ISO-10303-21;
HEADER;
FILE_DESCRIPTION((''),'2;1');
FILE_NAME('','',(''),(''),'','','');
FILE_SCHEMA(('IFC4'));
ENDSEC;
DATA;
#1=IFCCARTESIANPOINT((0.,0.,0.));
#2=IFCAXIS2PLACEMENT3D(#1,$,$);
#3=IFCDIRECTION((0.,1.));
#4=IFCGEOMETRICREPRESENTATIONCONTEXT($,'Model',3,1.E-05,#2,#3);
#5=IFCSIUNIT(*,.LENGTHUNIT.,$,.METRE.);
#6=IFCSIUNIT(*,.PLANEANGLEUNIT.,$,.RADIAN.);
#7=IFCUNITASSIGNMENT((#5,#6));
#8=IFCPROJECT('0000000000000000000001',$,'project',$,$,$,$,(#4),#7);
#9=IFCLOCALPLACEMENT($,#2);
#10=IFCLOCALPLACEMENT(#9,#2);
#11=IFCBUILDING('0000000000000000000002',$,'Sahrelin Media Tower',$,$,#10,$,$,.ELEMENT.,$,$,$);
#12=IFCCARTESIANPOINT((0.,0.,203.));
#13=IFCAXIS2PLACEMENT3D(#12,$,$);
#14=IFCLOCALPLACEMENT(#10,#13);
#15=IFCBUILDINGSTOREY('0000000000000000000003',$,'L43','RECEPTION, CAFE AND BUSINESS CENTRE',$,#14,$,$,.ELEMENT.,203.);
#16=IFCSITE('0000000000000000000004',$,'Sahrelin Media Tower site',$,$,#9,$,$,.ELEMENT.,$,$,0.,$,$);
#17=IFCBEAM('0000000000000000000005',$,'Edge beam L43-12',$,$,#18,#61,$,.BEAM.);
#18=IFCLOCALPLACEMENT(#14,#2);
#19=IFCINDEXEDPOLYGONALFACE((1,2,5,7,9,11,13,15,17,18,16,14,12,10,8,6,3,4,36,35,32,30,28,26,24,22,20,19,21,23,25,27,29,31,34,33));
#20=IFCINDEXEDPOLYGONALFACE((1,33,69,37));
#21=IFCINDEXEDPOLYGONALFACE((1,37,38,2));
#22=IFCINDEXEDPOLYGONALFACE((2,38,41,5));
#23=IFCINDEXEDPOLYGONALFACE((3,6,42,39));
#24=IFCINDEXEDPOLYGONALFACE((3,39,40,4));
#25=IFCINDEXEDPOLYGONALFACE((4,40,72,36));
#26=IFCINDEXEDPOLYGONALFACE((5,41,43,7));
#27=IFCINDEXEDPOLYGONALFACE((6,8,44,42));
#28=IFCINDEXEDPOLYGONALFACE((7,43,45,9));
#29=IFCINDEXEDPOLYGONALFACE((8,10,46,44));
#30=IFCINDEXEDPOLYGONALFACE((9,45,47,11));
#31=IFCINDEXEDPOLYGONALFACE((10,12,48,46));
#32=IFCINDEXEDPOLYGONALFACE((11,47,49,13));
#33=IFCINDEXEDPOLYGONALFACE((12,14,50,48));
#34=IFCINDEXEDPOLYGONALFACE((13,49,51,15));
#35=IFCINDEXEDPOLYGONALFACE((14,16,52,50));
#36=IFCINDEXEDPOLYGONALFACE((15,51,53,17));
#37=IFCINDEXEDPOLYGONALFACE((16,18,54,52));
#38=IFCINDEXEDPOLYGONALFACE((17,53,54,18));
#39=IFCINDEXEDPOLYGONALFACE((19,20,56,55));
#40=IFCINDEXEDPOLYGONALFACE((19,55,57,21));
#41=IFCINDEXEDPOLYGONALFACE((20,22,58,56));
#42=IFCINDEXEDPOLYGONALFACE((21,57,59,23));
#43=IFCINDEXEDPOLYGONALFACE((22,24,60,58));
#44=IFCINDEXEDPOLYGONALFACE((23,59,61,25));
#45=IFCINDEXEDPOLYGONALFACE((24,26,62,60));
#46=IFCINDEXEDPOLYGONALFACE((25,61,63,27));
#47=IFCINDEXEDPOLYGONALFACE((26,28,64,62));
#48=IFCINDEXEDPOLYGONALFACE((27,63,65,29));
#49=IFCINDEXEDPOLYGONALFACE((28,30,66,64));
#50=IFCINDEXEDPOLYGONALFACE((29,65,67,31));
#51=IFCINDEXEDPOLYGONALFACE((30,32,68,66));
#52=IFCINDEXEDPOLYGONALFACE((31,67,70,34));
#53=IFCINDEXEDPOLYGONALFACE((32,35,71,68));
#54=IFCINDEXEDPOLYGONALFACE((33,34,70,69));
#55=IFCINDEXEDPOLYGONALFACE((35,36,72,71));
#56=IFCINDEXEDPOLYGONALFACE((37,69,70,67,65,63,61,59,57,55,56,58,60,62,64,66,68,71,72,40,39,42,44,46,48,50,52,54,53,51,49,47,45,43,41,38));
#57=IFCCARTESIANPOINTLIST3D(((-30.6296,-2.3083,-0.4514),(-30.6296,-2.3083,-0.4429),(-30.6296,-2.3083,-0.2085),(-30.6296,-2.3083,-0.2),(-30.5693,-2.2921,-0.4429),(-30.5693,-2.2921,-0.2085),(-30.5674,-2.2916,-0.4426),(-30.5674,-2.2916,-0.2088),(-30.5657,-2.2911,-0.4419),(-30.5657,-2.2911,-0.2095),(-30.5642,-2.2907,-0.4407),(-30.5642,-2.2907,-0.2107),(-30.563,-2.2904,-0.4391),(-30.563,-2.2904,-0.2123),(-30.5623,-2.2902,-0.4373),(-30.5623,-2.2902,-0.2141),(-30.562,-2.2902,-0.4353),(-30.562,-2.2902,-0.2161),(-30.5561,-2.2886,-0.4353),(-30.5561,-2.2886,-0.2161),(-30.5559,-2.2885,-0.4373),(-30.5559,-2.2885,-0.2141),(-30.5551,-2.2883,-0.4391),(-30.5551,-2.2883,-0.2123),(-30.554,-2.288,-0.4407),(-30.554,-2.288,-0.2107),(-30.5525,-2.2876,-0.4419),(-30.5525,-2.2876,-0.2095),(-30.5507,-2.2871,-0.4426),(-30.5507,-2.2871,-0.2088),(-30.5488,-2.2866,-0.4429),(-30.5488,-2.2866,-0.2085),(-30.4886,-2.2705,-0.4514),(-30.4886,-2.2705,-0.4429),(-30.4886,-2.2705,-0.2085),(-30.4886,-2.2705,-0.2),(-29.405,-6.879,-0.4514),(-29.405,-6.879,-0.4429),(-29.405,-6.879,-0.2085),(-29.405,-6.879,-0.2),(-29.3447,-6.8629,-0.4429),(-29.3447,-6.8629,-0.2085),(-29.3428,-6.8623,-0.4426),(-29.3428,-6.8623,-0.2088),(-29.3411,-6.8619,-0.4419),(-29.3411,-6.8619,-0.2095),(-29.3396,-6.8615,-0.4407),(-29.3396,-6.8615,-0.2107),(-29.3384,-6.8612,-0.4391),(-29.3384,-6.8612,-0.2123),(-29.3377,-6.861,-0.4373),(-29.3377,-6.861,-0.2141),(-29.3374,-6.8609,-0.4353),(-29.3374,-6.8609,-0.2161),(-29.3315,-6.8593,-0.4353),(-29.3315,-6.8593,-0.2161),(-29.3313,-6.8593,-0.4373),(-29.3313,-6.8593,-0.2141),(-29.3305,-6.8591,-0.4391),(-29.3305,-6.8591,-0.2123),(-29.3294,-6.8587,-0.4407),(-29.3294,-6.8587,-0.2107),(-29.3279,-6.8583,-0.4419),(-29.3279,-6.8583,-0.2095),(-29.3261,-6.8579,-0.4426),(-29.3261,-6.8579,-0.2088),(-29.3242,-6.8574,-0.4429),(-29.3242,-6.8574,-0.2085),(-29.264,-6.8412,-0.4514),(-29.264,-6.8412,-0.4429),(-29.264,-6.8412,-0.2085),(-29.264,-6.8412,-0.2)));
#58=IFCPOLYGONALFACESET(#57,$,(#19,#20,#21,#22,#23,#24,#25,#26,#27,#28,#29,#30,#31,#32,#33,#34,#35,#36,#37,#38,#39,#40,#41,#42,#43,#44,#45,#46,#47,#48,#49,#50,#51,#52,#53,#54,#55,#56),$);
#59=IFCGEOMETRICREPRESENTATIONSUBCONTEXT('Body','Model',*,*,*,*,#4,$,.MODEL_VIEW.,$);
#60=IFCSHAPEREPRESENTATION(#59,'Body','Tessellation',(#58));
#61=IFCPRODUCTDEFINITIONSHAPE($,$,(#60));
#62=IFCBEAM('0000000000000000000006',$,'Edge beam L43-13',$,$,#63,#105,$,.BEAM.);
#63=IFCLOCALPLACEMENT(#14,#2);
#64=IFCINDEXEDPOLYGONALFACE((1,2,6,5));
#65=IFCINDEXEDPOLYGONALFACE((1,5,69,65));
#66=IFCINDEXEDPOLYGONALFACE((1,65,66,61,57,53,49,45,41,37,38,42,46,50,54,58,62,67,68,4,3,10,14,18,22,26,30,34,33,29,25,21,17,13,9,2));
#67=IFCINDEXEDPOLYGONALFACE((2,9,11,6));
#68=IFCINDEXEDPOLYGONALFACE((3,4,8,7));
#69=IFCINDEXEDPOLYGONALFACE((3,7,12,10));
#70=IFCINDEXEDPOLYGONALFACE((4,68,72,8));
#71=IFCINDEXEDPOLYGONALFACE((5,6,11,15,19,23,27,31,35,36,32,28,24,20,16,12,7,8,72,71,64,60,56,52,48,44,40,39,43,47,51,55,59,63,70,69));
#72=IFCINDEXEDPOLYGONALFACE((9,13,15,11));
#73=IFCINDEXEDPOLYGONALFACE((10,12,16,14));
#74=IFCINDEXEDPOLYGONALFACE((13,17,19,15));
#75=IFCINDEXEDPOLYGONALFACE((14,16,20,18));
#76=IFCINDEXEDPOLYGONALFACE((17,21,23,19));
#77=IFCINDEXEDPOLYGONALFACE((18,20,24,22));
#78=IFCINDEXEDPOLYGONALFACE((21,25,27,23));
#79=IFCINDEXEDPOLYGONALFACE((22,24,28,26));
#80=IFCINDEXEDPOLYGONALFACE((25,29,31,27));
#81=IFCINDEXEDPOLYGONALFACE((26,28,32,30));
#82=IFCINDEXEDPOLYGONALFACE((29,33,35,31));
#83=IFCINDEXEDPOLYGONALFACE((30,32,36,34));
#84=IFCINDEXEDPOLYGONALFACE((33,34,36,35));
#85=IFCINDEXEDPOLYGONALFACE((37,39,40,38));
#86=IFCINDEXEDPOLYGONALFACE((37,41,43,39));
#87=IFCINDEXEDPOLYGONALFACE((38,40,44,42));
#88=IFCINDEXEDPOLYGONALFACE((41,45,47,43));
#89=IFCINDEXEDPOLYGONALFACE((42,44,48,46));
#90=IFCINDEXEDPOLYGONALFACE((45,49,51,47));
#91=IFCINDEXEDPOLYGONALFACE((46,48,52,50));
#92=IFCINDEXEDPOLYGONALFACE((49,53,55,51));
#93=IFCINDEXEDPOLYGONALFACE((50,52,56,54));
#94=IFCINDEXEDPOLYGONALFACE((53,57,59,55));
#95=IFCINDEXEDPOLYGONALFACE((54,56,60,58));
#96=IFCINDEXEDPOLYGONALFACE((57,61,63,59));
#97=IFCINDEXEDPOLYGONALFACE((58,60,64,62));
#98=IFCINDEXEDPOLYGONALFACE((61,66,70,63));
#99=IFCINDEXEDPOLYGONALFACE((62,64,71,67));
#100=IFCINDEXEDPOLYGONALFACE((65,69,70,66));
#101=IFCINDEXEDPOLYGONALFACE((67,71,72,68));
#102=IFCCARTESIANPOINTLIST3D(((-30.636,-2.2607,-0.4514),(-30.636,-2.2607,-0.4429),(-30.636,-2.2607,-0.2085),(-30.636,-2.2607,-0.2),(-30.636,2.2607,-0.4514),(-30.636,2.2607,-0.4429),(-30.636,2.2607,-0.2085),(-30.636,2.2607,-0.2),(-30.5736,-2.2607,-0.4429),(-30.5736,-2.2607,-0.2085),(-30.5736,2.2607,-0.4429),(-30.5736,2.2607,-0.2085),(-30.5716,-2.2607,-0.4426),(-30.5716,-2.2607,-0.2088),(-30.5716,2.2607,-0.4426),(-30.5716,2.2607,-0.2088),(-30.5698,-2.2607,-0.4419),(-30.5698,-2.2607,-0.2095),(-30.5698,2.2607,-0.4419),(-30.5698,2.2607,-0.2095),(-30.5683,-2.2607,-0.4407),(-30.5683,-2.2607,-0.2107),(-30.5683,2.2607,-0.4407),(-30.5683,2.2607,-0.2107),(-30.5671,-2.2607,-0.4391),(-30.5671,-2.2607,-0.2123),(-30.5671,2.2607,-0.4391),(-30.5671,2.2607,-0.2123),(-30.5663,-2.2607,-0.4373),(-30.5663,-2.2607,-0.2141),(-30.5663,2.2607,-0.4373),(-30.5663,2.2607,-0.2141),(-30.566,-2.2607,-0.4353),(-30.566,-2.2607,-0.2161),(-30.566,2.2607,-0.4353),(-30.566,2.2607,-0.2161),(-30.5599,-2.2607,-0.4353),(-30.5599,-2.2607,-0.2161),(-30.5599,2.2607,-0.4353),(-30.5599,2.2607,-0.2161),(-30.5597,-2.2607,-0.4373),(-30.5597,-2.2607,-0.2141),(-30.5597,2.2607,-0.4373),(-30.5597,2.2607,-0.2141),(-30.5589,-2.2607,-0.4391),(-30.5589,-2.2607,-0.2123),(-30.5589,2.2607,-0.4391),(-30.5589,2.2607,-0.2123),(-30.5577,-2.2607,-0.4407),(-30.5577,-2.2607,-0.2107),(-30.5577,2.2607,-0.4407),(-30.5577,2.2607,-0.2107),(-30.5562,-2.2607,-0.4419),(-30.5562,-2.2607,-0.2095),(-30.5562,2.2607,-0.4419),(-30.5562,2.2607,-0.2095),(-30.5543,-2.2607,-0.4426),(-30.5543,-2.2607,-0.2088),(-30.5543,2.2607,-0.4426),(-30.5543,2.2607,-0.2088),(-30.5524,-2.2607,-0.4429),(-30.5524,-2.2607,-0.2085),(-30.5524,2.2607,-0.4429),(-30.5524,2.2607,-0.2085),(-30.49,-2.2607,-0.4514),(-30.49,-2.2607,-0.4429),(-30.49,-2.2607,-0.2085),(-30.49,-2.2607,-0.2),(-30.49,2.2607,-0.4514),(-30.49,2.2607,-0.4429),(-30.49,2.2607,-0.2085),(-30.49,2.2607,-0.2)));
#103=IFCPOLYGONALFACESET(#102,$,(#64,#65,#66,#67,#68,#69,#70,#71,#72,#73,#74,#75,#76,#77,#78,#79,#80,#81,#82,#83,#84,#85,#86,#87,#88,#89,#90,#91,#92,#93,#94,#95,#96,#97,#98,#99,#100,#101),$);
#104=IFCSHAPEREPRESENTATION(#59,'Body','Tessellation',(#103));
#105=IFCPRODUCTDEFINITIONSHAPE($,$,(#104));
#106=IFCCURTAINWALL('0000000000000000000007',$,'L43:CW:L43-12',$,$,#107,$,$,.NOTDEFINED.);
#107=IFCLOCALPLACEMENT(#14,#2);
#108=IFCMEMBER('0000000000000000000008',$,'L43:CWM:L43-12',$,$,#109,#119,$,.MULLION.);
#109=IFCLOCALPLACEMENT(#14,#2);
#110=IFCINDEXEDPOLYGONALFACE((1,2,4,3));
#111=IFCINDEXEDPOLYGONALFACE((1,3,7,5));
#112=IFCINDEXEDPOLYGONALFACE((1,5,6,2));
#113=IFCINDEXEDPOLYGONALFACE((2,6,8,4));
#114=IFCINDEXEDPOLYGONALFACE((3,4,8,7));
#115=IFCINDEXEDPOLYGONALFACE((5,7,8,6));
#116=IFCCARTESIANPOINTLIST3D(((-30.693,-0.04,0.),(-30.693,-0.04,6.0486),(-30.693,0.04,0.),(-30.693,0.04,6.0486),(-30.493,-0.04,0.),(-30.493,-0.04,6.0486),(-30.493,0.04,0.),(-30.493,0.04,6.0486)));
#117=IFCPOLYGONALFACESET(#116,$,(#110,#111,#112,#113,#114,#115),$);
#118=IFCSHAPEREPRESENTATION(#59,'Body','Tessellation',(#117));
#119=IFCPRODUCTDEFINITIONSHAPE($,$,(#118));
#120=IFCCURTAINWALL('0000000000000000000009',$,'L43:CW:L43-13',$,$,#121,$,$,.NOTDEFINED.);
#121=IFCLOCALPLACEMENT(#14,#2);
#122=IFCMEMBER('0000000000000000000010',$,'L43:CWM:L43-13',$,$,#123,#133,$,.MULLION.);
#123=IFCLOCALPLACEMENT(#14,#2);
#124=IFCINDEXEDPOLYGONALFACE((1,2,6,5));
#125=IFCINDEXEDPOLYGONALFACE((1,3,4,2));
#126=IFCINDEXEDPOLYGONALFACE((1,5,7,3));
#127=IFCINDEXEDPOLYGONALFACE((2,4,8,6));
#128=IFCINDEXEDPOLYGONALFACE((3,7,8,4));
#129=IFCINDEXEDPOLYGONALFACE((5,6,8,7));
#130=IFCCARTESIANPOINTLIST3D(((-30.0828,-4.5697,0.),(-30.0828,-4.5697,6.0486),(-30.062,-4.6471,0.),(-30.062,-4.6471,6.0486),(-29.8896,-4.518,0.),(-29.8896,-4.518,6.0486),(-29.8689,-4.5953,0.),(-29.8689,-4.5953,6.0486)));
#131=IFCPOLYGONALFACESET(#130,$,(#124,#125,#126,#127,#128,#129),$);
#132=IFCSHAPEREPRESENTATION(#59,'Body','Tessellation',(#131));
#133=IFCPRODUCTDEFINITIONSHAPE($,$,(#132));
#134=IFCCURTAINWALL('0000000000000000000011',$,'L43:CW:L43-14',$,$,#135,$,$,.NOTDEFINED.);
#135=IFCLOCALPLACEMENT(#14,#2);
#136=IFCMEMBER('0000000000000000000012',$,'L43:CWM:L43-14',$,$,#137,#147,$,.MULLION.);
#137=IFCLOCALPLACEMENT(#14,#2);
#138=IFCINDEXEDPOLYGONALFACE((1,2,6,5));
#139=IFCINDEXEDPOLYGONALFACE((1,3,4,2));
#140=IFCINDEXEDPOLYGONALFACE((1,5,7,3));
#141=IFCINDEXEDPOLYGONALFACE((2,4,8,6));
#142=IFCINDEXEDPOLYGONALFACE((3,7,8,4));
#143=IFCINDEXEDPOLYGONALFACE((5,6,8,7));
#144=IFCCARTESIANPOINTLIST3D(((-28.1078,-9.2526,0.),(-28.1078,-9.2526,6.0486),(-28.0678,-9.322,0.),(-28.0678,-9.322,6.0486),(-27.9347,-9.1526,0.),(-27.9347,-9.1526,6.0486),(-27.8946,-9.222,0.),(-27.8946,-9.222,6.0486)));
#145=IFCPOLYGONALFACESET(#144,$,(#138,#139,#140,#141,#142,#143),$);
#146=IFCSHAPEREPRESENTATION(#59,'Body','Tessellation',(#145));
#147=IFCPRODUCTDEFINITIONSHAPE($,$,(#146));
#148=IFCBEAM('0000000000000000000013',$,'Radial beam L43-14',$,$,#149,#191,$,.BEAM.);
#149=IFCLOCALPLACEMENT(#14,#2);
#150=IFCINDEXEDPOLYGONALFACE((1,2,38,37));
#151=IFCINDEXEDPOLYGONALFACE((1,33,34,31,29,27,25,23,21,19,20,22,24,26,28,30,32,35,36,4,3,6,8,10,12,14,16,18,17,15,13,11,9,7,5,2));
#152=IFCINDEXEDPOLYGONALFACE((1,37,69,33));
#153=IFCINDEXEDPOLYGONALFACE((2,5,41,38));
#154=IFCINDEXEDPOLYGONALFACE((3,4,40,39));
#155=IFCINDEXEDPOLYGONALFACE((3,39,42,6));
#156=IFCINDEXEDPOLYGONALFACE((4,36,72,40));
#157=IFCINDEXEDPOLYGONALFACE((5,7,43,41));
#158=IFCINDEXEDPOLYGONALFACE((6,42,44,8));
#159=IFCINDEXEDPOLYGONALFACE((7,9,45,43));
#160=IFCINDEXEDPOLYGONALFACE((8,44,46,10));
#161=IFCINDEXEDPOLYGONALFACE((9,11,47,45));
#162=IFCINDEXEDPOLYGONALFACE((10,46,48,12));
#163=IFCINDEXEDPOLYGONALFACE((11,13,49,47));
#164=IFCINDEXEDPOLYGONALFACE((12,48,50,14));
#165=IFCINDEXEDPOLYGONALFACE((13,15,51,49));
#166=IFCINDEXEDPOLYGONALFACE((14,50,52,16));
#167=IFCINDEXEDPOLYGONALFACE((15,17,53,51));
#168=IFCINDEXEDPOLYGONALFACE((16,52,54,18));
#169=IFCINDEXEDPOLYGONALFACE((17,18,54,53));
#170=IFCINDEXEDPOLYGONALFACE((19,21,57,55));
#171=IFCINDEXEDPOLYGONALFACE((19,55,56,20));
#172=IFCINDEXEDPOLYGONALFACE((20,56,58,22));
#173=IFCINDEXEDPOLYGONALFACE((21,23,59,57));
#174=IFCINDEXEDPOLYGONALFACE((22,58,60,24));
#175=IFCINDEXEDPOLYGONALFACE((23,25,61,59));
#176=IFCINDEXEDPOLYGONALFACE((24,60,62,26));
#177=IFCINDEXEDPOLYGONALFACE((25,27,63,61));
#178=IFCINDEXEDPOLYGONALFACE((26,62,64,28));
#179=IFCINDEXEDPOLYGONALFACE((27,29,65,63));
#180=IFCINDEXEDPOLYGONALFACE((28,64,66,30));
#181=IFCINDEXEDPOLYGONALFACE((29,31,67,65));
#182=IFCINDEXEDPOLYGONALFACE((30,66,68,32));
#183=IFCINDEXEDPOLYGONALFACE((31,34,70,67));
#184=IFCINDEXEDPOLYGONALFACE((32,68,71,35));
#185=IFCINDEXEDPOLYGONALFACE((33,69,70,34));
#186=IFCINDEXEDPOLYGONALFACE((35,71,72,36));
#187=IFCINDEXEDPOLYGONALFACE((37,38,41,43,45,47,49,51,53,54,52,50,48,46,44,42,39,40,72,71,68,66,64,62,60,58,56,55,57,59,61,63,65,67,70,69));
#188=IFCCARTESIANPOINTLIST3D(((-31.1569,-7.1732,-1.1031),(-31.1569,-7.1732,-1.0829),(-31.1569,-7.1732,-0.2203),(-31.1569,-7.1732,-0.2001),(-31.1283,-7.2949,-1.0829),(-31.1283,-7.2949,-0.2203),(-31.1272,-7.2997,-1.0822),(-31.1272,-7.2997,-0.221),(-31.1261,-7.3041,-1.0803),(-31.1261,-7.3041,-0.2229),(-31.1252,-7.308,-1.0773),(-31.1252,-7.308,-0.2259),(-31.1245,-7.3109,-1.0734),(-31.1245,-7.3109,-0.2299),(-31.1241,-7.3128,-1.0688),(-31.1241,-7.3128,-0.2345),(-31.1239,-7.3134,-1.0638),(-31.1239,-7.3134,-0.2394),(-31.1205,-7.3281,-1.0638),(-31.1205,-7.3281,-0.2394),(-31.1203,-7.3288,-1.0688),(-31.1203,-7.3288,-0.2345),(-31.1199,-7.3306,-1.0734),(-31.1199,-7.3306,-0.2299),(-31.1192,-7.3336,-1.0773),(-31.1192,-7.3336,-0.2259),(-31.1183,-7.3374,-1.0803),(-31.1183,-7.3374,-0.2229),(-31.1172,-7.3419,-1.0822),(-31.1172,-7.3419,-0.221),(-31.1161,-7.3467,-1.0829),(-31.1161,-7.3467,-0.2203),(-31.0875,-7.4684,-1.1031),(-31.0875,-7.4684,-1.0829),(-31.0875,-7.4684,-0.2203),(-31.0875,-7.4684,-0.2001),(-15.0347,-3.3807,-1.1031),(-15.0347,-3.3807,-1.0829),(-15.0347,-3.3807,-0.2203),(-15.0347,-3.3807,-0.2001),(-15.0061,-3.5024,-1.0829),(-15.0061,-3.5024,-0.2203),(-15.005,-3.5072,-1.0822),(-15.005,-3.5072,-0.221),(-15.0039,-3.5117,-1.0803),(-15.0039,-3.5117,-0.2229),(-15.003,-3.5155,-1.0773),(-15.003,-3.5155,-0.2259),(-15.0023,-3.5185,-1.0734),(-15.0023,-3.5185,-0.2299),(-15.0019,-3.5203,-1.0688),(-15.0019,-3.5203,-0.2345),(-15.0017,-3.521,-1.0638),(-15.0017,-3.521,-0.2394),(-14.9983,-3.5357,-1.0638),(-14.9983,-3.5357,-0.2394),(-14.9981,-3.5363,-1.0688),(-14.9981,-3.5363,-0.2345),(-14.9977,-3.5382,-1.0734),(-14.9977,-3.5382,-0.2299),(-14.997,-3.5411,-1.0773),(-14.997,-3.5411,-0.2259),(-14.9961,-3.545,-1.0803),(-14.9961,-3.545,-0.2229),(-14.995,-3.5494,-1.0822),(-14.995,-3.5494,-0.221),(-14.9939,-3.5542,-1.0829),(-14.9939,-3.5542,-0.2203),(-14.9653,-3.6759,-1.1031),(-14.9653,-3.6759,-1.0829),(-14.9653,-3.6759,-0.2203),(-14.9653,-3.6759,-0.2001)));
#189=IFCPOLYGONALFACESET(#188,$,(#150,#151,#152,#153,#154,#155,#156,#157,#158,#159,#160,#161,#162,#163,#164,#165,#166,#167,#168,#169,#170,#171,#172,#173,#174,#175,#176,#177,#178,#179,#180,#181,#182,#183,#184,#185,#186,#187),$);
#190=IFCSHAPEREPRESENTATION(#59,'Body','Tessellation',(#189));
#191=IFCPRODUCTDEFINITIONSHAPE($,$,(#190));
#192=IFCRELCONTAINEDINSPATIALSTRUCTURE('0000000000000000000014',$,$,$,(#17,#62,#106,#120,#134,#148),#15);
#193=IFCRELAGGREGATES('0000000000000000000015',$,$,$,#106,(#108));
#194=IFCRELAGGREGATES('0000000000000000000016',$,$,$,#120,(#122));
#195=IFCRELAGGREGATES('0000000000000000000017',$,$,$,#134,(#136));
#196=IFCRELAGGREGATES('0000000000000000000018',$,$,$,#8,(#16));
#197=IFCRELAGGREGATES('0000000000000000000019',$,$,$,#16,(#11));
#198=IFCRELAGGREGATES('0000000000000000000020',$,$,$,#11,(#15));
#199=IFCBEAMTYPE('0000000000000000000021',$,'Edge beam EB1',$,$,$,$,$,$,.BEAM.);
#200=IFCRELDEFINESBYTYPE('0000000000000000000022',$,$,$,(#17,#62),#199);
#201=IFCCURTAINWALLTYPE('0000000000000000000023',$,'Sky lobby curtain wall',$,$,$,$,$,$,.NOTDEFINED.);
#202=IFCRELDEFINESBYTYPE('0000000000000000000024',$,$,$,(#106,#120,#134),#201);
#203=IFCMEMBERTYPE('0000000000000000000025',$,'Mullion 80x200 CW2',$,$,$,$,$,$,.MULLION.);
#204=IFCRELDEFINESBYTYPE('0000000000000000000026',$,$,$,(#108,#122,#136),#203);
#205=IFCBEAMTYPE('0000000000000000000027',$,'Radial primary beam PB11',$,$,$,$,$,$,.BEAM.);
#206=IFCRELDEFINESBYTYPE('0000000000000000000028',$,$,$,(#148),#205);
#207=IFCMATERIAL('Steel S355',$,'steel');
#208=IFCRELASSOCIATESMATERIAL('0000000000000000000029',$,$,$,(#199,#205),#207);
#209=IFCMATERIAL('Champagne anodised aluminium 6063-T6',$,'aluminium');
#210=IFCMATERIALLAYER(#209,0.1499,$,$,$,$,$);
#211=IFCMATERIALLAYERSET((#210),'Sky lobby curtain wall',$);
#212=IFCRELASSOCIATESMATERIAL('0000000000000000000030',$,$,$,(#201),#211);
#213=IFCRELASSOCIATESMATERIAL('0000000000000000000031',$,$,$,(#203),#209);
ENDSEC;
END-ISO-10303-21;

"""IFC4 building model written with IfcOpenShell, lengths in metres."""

from ifc_helpers import new_model, si_unit, direction, frame, origin, origin_2d, place, context, subcontext, project, spatial, rectangle, i_section, extrude, material, layer, layer_set, material_profile, profile_set, type_object, element, aggregate, save


model = new_model("IFC4")

# Units and contexts
model_context = context("Model", 3, precision=1e-05, world=origin(), true_north=direction((0.0, 1.0)))
body_context = subcontext(model_context, "Body", "Model", "MODEL_VIEW")
ifc_project = project(units=[si_unit("LENGTHUNIT", "METRE"), si_unit("PLANEANGLEUNIT", "RADIAN")], contexts=[model_context])

# Site, building, storey
site_placement = place(None, origin())
site = spatial("IfcSite", under=ifc_project, at=site_placement, Name="Sahrelin Media Tower site", CompositionType="ELEMENT", RefElevation=0.0)
building_placement = place(site_placement, origin())
building = spatial("IfcBuilding", under=site, at=building_placement, Name="Sahrelin Media Tower", CompositionType="ELEMENT")
storey_placement = place(building_placement, frame((0.0, 0.0, 203.0)))
storey = spatial("IfcBuildingStorey", under=building, at=storey_placement, Name="L43", Description="RECEPTION, CAFE AND BUSINESS CENTRE", CompositionType="ELEMENT", Elevation=203.0)

# Beams
ifc_material_1 = material(Name="Steel S355", Category="steel")
ifc_material_profile_1 = material_profile(ifc_material_1, i_section(OverallWidth=0.146, OverallDepth=0.2515, WebThickness=0.0061, FlangeThickness=0.0085, FilletRadius=0.0076, at=origin_2d()), Name="UB 254x146x31")
ifc_profile_set_1 = profile_set([ifc_material_profile_1], Name="Steel S355")
beam_type_1 = type_object("IfcBeamType", Name="Edge beam EB1", PredefinedType="BEAM", material=ifc_profile_set_1)
beam_1_placement = place(storey_placement, frame((-29.3345, -6.8601, -0.3257), z_axis=(-0.258793, 0.965933, 0.0), x_axis=(-0.965933, -0.258793, 0.0)))
element("IfcBeam", 1, at=beam_1_placement, inside=storey, type_object=beam_type_1, Name="Edge beam L43-12", PredefinedType="BEAM", context=body_context, shape_type="SweptSolid", body=[
    extrude(i_section(OverallWidth=0.146, OverallDepth=0.2515, WebThickness=0.0061, FlangeThickness=0.0085, FilletRadius=0.0076, at=origin_2d()), origin(), (0.0, 0.0, 1.0), 4.7319),
])
beam_2_placement = place(storey_placement, frame((-30.563, -2.2607, -0.3257), z_axis=(0.0, 1.0, 0.0), x_axis=(-1.0, 0.0, 0.0)))
element("IfcBeam", 2, at=beam_2_placement, inside=storey, type_object=beam_type_1, Name="Edge beam L43-13", PredefinedType="BEAM", context=body_context, shape_type="SweptSolid", body=[
    extrude(i_section(OverallWidth=0.146, OverallDepth=0.2515, WebThickness=0.0061, FlangeThickness=0.0085, FilletRadius=0.0076, at=origin_2d()), origin(), (0.0, 0.0, 1.0), 4.5215),
])

# Curtain walls, members
ifc_material_2 = material(Name="Champagne anodised aluminium 6063-T6", Category="aluminium")
ifc_layer_1 = layer(ifc_material_2, 0.1499)
ifc_layer_set_1 = layer_set([ifc_layer_1], Name="Sky lobby curtain wall")
curtain_wall_type = type_object("IfcCurtainWallType", Name="Sky lobby curtain wall", PredefinedType="NOTDEFINED", material=ifc_layer_set_1)
curtain_wall_1_placement = place(storey_placement, frame((-30.7129, 0.0, 0.0), z_axis=(0.0, 0.0, 1.0), x_axis=(1.0, 0.0, 0.0)))
curtain_wall_1 = element("IfcCurtainWall", 3, at=curtain_wall_1_placement, inside=storey, type_object=curtain_wall_type, Name="L43:CW:L43-12", PredefinedType="NOTDEFINED")
ifc_material_profile_2 = material_profile(ifc_material_2, rectangle(XDim=0.0801, YDim=0.2, at=origin_2d()), Name="Mullion 80x200")
ifc_profile_set_2 = profile_set([ifc_material_profile_2], Name="Champagne anodised aluminium 6063-T6")
member_type_1 = type_object("IfcMemberType", Name="Mullion 80x200 CW2", PredefinedType="MULLION", material=ifc_profile_set_2)
member_1_placement = place(storey_placement, frame((-30.593, 0.0, 0.0), z_axis=(0.0, 0.0, 1.0), x_axis=(0.0, -1.0, 0.0)))
member_1 = element("IfcMember", 4, at=member_1_placement, type_object=member_type_1, Name="L43:CWM:L43-12", PredefinedType="MULLION", context=body_context, shape_type="SweptSolid", body=[
    extrude(rectangle(XDim=0.0801, YDim=0.2, at=origin_2d()), origin(), (0.0, 0.0, 1.0), 6.0486),
])
aggregate(curtain_wall_1, [member_1])
curtain_wall_2_placement = place(storey_placement, frame((-30.0918, -4.6135, 0.0), z_axis=(0.0, 0.0, 1.0), x_axis=(1.0, 0.0, 0.0)))
curtain_wall_2 = element("IfcCurtainWall", 5, at=curtain_wall_2_placement, inside=storey, type_object=curtain_wall_type, Name="L43:CW:L43-13", PredefinedType="NOTDEFINED")
member_2_placement = place(storey_placement, frame((-29.9758, -4.5825, 0.0), z_axis=(0.0, 0.0, 1.0), x_axis=(0.258822, -0.965925, 0.0)))
member_2 = element("IfcMember", 6, at=member_2_placement, type_object=member_type_1, Name="L43:CWM:L43-13", PredefinedType="MULLION", context=body_context, shape_type="SweptSolid", body=[
    extrude(rectangle(XDim=0.0801, YDim=0.2, at=origin_2d()), origin(), (0.0, 0.0, 1.0), 6.0486),
])
curtain_wall_3_placement = place(storey_placement, frame((-28.105, -9.2971, 0.0), z_axis=(0.0, 0.0, 1.0), x_axis=(1.0, 0.0, 0.0)))
curtain_wall_3 = element("IfcCurtainWall", 7, at=curtain_wall_3_placement, inside=storey, type_object=curtain_wall_type, Name="L43:CW:L43-14", PredefinedType="NOTDEFINED")
member_3_placement = place(storey_placement, frame((-28.0012, -9.2373, 0.0), z_axis=(0.0, 0.0, 1.0), x_axis=(0.500003, -0.866024, 0.0)))
member_3 = element("IfcMember", 8, at=member_3_placement, type_object=member_type_1, Name="L43:CWM:L43-14", PredefinedType="MULLION", context=body_context, shape_type="SweptSolid", body=[
    extrude(rectangle(XDim=0.0801, YDim=0.2, at=origin_2d()), origin(), (0.0, 0.0, 1.0), 6.0486),
])

# Beam
ifc_material_profile_3 = material_profile(ifc_material_1, i_section(OverallWidth=0.3032, OverallDepth=0.9031, WebThickness=0.0151, FlangeThickness=0.0203, FilletRadius=0.019, at=origin_2d()), Name="UB 914x305x201")
ifc_profile_set_3 = profile_set([ifc_material_profile_3], Name="Steel S355")
beam_type_2 = type_object("IfcBeamType", Name="Radial primary beam PB11", PredefinedType="BEAM", material=ifc_profile_set_3)
beam_3_placement = place(storey_placement, frame((-15.0, -3.5283, -0.6516), z_axis=(-0.973431, -0.228982, 0.0), x_axis=(0.228982, -0.973431, 0.0)))
element("IfcBeam", 9, at=beam_3_placement, inside=storey, type_object=beam_type_2, Name="Radial beam L43-14", PredefinedType="BEAM", context=body_context, shape_type="SweptSolid", body=[
    extrude(i_section(OverallWidth=0.3032, OverallDepth=0.9031, WebThickness=0.0151, FlangeThickness=0.0203, FilletRadius=0.019, at=origin_2d()), origin(), (0.0, 0.0, 1.0), 16.5623),
])

aggregate(curtain_wall_2, [member_2])
aggregate(curtain_wall_3, [member_3])

save(model, "model.ifc")
